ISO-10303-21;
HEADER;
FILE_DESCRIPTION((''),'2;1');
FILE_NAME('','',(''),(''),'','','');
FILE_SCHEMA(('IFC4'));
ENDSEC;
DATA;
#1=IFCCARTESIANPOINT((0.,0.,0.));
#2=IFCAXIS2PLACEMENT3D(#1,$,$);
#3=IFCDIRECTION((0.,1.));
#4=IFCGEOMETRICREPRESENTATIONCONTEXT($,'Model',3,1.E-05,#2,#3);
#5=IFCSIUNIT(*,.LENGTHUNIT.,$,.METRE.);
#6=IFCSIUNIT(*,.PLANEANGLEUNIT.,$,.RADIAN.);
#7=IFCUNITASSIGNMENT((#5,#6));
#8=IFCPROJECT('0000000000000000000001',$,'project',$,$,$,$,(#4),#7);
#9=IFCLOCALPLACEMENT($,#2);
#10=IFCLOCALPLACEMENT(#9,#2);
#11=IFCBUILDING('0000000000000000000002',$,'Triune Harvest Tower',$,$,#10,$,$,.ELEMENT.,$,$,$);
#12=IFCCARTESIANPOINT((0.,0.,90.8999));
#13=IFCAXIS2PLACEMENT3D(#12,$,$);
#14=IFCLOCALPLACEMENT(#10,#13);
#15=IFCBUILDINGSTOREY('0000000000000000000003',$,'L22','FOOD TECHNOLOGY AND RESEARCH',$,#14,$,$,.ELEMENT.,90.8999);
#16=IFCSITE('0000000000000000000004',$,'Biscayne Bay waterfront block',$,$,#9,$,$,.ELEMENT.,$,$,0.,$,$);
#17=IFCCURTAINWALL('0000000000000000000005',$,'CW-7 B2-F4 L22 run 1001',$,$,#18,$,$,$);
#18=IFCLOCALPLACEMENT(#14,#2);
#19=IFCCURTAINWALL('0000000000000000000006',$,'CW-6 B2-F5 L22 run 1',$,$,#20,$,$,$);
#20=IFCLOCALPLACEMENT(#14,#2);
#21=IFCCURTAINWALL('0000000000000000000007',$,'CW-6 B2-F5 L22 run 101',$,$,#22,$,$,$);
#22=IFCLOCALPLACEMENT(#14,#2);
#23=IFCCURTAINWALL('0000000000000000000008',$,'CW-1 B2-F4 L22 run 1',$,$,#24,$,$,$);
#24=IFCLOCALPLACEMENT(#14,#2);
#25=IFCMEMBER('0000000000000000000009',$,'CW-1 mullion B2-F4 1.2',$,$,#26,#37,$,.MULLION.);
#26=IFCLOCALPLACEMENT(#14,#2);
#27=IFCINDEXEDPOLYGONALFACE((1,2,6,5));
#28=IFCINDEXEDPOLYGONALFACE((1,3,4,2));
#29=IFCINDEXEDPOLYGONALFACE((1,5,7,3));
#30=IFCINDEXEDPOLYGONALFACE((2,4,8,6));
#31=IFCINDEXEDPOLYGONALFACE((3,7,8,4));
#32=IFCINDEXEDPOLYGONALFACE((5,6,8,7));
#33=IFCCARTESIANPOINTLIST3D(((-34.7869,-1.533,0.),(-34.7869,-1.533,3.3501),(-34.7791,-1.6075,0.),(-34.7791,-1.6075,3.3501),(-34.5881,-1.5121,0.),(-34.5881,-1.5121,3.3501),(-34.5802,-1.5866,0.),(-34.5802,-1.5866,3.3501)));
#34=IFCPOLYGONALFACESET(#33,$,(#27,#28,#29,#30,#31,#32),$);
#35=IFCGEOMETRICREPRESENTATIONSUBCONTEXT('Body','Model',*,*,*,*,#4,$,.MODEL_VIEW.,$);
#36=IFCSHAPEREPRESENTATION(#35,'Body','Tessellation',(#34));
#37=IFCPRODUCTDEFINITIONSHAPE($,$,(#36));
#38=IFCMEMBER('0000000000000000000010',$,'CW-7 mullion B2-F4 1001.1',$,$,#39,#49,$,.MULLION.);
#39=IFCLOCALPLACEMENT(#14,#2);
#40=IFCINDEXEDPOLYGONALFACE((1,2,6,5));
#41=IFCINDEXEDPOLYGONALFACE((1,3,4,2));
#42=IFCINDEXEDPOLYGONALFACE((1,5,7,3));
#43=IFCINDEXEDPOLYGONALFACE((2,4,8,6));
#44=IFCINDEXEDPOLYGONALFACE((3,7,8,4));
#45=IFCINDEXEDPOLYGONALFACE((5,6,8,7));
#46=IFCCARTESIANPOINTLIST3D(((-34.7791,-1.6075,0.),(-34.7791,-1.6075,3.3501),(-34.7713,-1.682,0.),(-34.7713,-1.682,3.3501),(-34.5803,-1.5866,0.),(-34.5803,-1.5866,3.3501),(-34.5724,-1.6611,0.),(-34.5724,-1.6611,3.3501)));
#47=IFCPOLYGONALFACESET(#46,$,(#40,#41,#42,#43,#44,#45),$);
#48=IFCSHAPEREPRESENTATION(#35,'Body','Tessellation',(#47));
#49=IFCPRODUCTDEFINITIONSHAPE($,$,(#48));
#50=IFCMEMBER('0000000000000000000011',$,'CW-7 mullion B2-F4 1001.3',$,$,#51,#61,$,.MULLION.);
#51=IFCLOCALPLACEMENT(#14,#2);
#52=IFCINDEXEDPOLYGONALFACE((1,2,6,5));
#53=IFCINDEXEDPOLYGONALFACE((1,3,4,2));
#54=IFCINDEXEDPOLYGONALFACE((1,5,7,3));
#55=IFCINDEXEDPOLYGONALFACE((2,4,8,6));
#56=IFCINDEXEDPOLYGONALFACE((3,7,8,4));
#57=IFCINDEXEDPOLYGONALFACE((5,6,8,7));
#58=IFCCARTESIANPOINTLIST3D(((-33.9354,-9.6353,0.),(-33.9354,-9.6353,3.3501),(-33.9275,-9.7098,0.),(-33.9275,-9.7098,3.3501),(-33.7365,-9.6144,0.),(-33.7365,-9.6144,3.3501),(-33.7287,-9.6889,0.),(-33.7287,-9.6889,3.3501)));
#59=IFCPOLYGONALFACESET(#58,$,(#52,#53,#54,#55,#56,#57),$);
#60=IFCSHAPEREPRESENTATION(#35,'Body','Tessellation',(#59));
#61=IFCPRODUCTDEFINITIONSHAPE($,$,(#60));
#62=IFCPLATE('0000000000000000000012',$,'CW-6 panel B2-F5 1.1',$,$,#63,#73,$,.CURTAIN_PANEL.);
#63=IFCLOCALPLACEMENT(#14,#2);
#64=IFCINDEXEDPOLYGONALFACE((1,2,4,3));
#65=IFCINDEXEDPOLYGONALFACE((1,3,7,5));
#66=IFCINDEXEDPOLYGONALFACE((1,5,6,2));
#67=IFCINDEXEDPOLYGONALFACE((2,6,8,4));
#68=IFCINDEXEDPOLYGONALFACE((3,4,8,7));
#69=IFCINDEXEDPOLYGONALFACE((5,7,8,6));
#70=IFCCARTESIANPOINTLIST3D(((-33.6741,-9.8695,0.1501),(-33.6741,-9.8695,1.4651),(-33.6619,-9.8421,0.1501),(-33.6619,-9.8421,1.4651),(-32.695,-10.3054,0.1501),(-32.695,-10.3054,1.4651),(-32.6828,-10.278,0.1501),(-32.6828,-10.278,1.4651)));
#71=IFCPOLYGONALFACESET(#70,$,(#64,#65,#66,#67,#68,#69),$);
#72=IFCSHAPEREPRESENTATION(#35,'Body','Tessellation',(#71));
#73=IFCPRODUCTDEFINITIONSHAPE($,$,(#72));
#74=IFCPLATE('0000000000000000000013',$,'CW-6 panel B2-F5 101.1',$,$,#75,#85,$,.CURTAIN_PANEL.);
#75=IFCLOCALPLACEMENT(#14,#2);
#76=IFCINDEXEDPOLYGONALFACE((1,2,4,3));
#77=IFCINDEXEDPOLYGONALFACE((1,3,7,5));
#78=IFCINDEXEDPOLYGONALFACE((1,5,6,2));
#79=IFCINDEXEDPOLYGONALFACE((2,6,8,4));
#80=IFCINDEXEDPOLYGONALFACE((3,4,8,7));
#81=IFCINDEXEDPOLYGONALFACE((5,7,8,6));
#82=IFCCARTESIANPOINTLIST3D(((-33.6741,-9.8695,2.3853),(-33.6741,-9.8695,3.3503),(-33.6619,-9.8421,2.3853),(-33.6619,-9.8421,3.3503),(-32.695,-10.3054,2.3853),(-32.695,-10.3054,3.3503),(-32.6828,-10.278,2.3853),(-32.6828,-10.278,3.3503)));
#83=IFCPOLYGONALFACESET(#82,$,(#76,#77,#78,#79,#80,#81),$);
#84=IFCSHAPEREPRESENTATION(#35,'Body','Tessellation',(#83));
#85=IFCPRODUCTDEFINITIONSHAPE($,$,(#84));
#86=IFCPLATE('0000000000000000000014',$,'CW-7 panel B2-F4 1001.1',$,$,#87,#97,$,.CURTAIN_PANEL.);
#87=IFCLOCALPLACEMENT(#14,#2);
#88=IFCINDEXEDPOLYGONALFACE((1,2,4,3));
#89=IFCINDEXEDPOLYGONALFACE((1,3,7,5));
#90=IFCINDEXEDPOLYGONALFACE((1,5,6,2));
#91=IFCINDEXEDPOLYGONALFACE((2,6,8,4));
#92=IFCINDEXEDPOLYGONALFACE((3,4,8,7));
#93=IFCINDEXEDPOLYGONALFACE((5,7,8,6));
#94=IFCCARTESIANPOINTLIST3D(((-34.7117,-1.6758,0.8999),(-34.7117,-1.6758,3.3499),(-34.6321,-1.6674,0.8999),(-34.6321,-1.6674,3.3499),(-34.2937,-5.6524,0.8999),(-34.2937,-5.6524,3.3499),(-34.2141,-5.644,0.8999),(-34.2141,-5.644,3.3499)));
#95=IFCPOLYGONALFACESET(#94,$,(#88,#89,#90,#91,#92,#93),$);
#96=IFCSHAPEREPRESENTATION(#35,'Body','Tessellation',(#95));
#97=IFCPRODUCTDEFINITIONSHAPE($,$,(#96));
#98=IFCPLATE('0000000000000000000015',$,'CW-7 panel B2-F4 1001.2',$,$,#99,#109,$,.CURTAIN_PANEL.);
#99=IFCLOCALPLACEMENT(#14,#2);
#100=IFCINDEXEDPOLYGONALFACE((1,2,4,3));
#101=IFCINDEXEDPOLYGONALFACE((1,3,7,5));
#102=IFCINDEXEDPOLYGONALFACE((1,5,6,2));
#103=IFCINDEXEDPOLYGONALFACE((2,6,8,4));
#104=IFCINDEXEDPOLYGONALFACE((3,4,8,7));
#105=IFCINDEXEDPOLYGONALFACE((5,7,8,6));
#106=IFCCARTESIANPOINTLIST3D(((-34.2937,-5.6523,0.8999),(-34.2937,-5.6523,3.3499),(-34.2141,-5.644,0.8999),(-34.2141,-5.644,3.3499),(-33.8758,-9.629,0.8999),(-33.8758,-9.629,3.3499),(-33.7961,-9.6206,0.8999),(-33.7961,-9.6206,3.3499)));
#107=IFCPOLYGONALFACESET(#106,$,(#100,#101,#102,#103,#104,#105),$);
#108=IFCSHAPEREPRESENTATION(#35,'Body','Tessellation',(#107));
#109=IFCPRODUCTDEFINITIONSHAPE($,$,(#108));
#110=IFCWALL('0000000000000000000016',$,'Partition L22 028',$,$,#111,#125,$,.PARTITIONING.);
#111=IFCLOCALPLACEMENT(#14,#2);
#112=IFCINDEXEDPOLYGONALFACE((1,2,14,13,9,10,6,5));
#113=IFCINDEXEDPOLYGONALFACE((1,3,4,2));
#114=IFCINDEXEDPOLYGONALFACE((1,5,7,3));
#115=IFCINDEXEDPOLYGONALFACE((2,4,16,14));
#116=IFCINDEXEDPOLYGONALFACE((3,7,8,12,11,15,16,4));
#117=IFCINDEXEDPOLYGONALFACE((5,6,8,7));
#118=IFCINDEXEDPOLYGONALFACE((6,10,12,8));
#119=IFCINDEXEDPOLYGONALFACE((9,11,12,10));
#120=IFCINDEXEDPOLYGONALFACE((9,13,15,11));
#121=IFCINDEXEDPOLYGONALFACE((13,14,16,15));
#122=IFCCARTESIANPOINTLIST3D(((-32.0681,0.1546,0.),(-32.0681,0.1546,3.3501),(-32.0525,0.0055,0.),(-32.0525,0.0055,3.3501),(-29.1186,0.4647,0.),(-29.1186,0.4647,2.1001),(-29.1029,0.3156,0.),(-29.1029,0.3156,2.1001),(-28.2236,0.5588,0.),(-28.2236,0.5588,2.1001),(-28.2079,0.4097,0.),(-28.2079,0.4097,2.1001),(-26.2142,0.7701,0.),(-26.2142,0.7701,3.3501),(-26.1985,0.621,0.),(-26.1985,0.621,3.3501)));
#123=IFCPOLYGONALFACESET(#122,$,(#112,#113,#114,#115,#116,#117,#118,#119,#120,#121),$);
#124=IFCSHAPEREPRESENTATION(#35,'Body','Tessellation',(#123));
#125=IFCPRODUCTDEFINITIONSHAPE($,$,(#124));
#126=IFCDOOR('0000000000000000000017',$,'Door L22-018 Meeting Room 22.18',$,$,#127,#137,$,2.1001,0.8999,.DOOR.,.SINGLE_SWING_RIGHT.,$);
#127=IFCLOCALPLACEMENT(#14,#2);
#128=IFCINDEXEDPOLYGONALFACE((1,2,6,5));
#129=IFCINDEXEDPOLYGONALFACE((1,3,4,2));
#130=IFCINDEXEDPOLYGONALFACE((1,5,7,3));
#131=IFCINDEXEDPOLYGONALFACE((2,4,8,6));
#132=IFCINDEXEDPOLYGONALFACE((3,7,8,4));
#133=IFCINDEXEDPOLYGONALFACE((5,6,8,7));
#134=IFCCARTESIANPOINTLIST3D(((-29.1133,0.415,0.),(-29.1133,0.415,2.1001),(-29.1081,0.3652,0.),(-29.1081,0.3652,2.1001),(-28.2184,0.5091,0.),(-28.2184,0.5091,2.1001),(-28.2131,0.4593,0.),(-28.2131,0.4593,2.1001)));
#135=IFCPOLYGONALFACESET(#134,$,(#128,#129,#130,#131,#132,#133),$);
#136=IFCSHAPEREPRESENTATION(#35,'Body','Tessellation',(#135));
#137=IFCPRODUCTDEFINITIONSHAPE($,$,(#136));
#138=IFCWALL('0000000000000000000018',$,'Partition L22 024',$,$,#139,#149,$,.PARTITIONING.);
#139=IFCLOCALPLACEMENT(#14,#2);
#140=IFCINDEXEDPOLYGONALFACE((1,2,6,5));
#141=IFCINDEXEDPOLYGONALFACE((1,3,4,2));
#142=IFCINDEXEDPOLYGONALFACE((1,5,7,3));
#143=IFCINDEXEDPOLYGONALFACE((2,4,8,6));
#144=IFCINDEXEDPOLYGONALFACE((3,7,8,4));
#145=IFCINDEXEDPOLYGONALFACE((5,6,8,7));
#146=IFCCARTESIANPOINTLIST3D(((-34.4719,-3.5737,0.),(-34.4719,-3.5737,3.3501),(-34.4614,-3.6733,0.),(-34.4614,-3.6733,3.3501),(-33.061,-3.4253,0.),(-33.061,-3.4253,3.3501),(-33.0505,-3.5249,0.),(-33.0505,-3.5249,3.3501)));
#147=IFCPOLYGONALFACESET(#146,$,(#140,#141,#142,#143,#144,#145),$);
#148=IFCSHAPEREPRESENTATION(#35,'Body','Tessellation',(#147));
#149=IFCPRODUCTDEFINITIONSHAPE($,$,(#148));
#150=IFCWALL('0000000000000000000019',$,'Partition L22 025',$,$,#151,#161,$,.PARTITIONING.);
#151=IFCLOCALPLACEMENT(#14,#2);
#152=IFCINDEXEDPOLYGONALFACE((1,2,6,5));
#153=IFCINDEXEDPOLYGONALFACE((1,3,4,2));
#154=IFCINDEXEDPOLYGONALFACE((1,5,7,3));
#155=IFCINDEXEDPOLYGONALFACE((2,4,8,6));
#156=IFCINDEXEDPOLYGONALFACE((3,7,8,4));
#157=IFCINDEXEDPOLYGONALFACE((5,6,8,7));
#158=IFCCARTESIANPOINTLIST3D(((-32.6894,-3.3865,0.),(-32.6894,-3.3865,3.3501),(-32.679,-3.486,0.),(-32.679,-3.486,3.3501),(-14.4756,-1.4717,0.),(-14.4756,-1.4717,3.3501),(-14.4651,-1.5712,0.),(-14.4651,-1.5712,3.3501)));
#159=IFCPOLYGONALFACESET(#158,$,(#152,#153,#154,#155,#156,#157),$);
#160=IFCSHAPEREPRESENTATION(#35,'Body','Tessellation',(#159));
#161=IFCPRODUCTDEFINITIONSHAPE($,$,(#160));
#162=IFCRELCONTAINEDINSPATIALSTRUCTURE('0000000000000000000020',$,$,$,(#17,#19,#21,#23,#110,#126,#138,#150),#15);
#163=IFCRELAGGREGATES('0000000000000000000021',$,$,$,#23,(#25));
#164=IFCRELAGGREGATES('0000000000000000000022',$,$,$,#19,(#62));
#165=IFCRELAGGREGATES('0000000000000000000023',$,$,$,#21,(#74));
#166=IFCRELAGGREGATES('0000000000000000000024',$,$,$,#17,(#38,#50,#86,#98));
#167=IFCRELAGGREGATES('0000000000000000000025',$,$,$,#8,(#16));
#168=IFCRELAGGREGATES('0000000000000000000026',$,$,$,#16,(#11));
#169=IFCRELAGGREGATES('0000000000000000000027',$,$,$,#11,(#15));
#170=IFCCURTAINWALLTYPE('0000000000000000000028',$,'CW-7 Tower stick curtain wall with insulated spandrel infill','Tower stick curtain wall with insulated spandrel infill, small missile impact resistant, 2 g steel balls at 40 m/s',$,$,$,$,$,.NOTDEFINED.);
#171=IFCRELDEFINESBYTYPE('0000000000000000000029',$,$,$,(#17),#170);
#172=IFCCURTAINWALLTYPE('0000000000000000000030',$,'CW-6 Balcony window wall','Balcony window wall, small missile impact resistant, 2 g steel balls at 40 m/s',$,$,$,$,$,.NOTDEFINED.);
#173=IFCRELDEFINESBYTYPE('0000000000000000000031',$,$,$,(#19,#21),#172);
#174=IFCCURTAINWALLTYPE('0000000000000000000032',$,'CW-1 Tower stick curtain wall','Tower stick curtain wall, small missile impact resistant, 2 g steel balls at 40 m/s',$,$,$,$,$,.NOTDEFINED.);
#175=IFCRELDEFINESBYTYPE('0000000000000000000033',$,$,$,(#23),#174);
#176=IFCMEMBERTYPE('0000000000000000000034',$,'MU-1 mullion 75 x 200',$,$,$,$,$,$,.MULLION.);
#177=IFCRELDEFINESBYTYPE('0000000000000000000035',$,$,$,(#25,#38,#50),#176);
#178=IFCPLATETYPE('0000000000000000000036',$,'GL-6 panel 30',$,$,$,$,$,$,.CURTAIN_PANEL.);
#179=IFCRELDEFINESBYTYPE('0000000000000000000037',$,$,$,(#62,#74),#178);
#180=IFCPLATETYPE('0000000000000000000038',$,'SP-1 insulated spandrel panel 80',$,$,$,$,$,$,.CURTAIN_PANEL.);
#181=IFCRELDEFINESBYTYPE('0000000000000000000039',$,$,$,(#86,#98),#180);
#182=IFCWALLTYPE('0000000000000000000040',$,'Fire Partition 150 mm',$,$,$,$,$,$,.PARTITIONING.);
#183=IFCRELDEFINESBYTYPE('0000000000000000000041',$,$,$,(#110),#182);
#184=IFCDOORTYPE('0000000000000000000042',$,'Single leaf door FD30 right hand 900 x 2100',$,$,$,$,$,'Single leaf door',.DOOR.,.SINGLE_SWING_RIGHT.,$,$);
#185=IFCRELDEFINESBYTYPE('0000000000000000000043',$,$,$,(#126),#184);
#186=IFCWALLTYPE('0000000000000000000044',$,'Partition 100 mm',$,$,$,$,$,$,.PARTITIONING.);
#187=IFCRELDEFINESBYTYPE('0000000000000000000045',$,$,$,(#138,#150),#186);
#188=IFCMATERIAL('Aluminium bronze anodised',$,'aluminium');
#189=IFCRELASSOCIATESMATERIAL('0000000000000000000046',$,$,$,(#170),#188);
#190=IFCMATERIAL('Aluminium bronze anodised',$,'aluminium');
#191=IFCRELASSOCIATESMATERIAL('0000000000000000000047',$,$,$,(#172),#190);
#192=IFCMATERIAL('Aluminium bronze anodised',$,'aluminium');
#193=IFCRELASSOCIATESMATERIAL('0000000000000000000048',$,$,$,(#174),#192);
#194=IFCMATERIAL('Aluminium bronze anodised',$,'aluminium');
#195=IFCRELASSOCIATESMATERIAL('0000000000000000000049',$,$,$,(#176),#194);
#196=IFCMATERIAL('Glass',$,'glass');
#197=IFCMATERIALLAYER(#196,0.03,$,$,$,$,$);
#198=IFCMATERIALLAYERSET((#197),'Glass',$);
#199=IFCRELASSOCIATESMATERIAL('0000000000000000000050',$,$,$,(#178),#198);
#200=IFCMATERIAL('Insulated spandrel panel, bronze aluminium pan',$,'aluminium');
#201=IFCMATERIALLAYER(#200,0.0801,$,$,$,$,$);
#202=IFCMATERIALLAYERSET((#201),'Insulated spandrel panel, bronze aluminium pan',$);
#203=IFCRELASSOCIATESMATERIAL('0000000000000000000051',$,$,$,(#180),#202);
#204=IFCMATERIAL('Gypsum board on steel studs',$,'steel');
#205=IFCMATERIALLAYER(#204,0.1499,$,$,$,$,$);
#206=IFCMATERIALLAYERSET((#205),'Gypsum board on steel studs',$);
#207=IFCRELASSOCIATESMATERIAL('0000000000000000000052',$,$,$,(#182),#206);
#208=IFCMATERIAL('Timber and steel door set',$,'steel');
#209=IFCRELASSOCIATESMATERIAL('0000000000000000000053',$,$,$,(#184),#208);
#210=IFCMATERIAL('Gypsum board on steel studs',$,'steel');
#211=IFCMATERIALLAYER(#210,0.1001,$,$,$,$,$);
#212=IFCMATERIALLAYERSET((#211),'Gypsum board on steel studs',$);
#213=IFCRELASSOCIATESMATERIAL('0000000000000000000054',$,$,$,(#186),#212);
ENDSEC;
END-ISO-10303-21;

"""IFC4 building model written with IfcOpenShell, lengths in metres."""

from ifc_helpers import new_model, si_unit, direction, frame, frame_2d, origin, origin_2d, place, context, subcontext, project, spatial, rectangle, extrude, source, transform, mapped, material, layer, layer_set, material_profile, profile_set, type_object, element, fill, aggregate, save


model = new_model("IFC4")

# Units and contexts
model_context = context("Model", 3, precision=1e-05, world=origin(), true_north=direction((0.0, 1.0)))
body_context = subcontext(model_context, "Body", "Model", "MODEL_VIEW")
ifc_project = project(units=[si_unit("LENGTHUNIT", "METRE"), si_unit("PLANEANGLEUNIT", "RADIAN")], contexts=[model_context])

# Site, building, storey
site_placement = place(None, origin())
site = spatial("IfcSite", under=ifc_project, at=site_placement, Name="Biscayne Bay waterfront block", CompositionType="ELEMENT", RefElevation=0.0)
building_placement = place(site_placement, origin())
building = spatial("IfcBuilding", under=site, at=building_placement, Name="Triune Harvest Tower", CompositionType="ELEMENT")
storey_placement = place(building_placement, frame((0.0, 0.0, 90.8999)))
storey = spatial("IfcBuildingStorey", under=building, at=storey_placement, Name="L22", Description="FOOD TECHNOLOGY AND RESEARCH", CompositionType="ELEMENT", Elevation=90.8999)

# Curtain wall
ifc_material_1 = material(Name="Aluminium bronze anodised", Category="aluminium")
curtain_wall_type_1 = type_object("IfcCurtainWallType", Name="CW-7 Tower stick curtain wall with insulated spandrel infill", Description="Tower stick curtain wall with insulated spandrel infill, small missile impact resistant, 2 g steel balls at 40 m/s", PredefinedType="NOTDEFINED", material=ifc_material_1)
curtain_wall_1_placement = place(storey_placement, origin())
curtain_wall_1 = element("IfcCurtainWall", 1, at=curtain_wall_1_placement, inside=storey, type_object=curtain_wall_type_1, Name="CW-7 B2-F4 L22 run 1001")

# Curtain walls
ifc_material_2 = material(Name="Aluminium bronze anodised", Category="aluminium")
curtain_wall_type_2 = type_object("IfcCurtainWallType", Name="CW-6 Balcony window wall", Description="Balcony window wall, small missile impact resistant, 2 g steel balls at 40 m/s", PredefinedType="NOTDEFINED", material=ifc_material_2)
curtain_wall_2_placement = place(storey_placement, origin())
curtain_wall_2 = element("IfcCurtainWall", 2, at=curtain_wall_2_placement, inside=storey, type_object=curtain_wall_type_2, Name="CW-6 B2-F5 L22 run 1")
curtain_wall_3_placement = place(storey_placement, origin())
curtain_wall_3 = element("IfcCurtainWall", 3, at=curtain_wall_3_placement, inside=storey, type_object=curtain_wall_type_2, Name="CW-6 B2-F5 L22 run 101")

# Curtain wall, member
ifc_material_3 = material(Name="Aluminium bronze anodised", Category="aluminium")
curtain_wall_type_3 = type_object("IfcCurtainWallType", Name="CW-1 Tower stick curtain wall", Description="Tower stick curtain wall, small missile impact resistant, 2 g steel balls at 40 m/s", PredefinedType="NOTDEFINED", material=ifc_material_3)
curtain_wall_4_placement = place(storey_placement, origin())
curtain_wall_4 = element("IfcCurtainWall", 4, at=curtain_wall_4_placement, inside=storey, type_object=curtain_wall_type_3, Name="CW-1 B2-F4 L22 run 1")
ifc_material_4 = material(Name="Aluminium bronze anodised", Category="aluminium")
ifc_material_profile_1 = material_profile(ifc_material_4, rectangle(XDim=0.2, YDim=0.075, at=origin_2d()), Name="MU-1 mullion 75 x 200")
ifc_profile_set_1 = profile_set([ifc_material_profile_1], Name="Aluminium bronze anodised")
member_type_1 = type_object("IfcMemberType", Name="MU-1 mullion 75 x 200", PredefinedType="MULLION", material=ifc_profile_set_1)
shared_shape_1 = source(origin(), body_context, "Body", "SweptSolid", [
    extrude(rectangle(XDim=0.2, YDim=0.075, at=origin_2d()), origin(), (0.0, 0.0, 1.0), 3.3501),
])
member_1_placement = place(storey_placement, frame((-34.6836, -1.5598, 0.0), z_axis=(0.0, 0.0, 1.0), x_axis=(0.994522, 0.10453, 0.0)))
member_1 = element("IfcMember", 5, at=member_1_placement, type_object=member_type_1, Name="CW-1 mullion B2-F4 1.2", PredefinedType="MULLION", context=body_context, shape_type="MappedRepresentation", body=[
    mapped(shared_shape_1, transform((0.0, 0.0, 0.0), scale=1.0)),
])
aggregate(curtain_wall_4, [member_1])

# Members
member_2_placement = place(storey_placement, frame((-34.6758, -1.6343, 0.0), z_axis=(0.0, 0.0, 1.0), x_axis=(0.994522, 0.104529, 0.0)))
member_2 = element("IfcMember", 6, at=member_2_placement, type_object=member_type_1, Name="CW-7 mullion B2-F4 1001.1", PredefinedType="MULLION", context=body_context, shape_type="MappedRepresentation", body=[
    mapped(shared_shape_1, transform((0.0, 0.0, 0.0), scale=1.0)),
])
member_3_placement = place(storey_placement, frame((-33.832, -9.6621, 0.0), z_axis=(0.0, 0.0, 1.0), x_axis=(0.994522, 0.104529, 0.0)))
member_3 = element("IfcMember", 7, at=member_3_placement, type_object=member_type_1, Name="CW-7 mullion B2-F4 1001.3", PredefinedType="MULLION", context=body_context, shape_type="MappedRepresentation", body=[
    mapped(shared_shape_1, transform((0.0, 0.0, 0.0), scale=1.0)),
])

# Plates
ifc_material_5 = material(Name="Glass", Category="glass")
ifc_layer_1 = layer(ifc_material_5, 0.03)
ifc_layer_set_1 = layer_set([ifc_layer_1], Name="Glass")
plate_type_1 = type_object("IfcPlateType", Name="GL-6 panel 30", PredefinedType="CURTAIN_PANEL", material=ifc_layer_set_1)
shared_shape_2 = source(origin(), body_context, "Body", "SweptSolid", [
    extrude(rectangle(XDim=1.0718, YDim=0.03, at=origin_2d()), origin(), (0.0, 0.0, 1.0), 1.3149),
])
plate_1_placement = place(storey_placement, frame((-33.1785, -10.0737, 0.1501), z_axis=(0.0, 0.0, 1.0), x_axis=(0.913551, -0.406723, 0.0)))
plate_1 = element("IfcPlate", 8, at=plate_1_placement, type_object=plate_type_1, Name="CW-6 panel B2-F5 1.1", PredefinedType="CURTAIN_PANEL", context=body_context, shape_type="MappedRepresentation", body=[
    mapped(shared_shape_2, transform((0.0, 0.0, 0.0), scale=1.0)),
])
aggregate(curtain_wall_2, [plate_1])
shared_shape_3 = source(origin(), body_context, "Body", "SweptSolid", [
    extrude(rectangle(XDim=1.0718, YDim=0.03, at=origin_2d()), origin(), (0.0, 0.0, 1.0), 0.9651),
])
plate_2_placement = place(storey_placement, frame((-33.1785, -10.0737, 2.3853), z_axis=(0.0, 0.0, 1.0), x_axis=(0.913551, -0.406723, 0.0)))
plate_2 = element("IfcPlate", 9, at=plate_2_placement, type_object=plate_type_1, Name="CW-6 panel B2-F5 101.1", PredefinedType="CURTAIN_PANEL", context=body_context, shape_type="MappedRepresentation", body=[
    mapped(shared_shape_3, transform((0.0, 0.0, 0.0), scale=1.0)),
])
aggregate(curtain_wall_3, [plate_2])
ifc_material_6 = material(Name="Insulated spandrel panel, bronze aluminium pan", Category="aluminium")
ifc_layer_2 = layer(ifc_material_6, 0.0801)
ifc_layer_set_2 = layer_set([ifc_layer_2], Name="Insulated spandrel panel, bronze aluminium pan")
plate_type_2 = type_object("IfcPlateType", Name="SP-1 insulated spandrel panel 80", PredefinedType="CURTAIN_PANEL", material=ifc_layer_set_2)
shared_shape_4 = source(origin(), body_context, "Body", "SweptSolid", [
    extrude(rectangle(XDim=3.9985, YDim=0.0801, at=origin_2d()), origin(), (0.0, 0.0, 1.0), 2.45),
])
plate_3_placement = place(storey_placement, frame((-34.4629, -3.6599, 0.8999), z_axis=(0.0, 0.0, 1.0), x_axis=(0.104529, -0.994522, 0.0)))
plate_3 = element("IfcPlate", 10, at=plate_3_placement, type_object=plate_type_2, Name="CW-7 panel B2-F4 1001.1", PredefinedType="CURTAIN_PANEL", context=body_context, shape_type="MappedRepresentation", body=[
    mapped(shared_shape_4, transform((0.0, 0.0, 0.0), scale=1.0)),
])
plate_4_placement = place(storey_placement, frame((-34.0449, -7.6365, 0.8999), z_axis=(0.0, 0.0, 1.0), x_axis=(0.104529, -0.994522, 0.0)))
plate_4 = element("IfcPlate", 11, at=plate_4_placement, type_object=plate_type_2, Name="CW-7 panel B2-F4 1001.2", PredefinedType="CURTAIN_PANEL", context=body_context, shape_type="MappedRepresentation", body=[
    mapped(shared_shape_4, transform((0.0, 0.0, 0.0), scale=1.0)),
])
aggregate(curtain_wall_1, [member_2, member_3, plate_3, plate_4])

# Wall, opening, door
ifc_material_7 = material(Name="Gypsum board on steel studs", Category="steel")
ifc_layer_3 = layer(ifc_material_7, 0.1499)
ifc_layer_set_3 = layer_set([ifc_layer_3], Name="Gypsum board on steel studs")
wall_type_1 = type_object("IfcWallType", Name="Fire Partition 150 mm", PredefinedType="PARTITIONING", material=ifc_layer_set_3)
wall_1_placement = place(storey_placement, frame((-32.0603, 0.0801, 0.0), z_axis=(0.0, 0.0, 1.0), x_axis=(0.994518, 0.104562, 0.0)))
wall_1 = element("IfcWall", 12, at=wall_1_placement, inside=storey, type_object=wall_type_1, Name="Partition L22 028", PredefinedType="PARTITIONING", context=body_context, shape_type="SweptSolid", body=[
    extrude(rectangle(XDim=5.8862, YDim=0.1499, at=frame_2d((2.9431, 0.0))), origin(), (0.0, 0.0, 1.0), 3.3501),
])
opening_placement = place(wall_1_placement, frame((2.9658, 0.0, 0.0)))
opening = element("IfcOpeningElement", 13, at=opening_placement, cuts=wall_1, PredefinedType="OPENING", context=body_context, shape_type="SweptSolid", body=[
    extrude(rectangle(XDim=0.8999, YDim=2.1001, at=frame_2d((0.45, 1.05))), frame((0.0, 0.085, 0.0), z_axis=(0.0, -1.0, 0.0), x_axis=(1.0, 0.0, 0.0)), (0.0, 0.0, 1.0), 0.1699),
])
ifc_material_8 = material(Name="Timber and steel door set", Category="steel")
door_type = type_object("IfcDoorType", Name="Single leaf door FD30 right hand 900 x 2100", ElementType="Single leaf door", OperationType="SINGLE_SWING_RIGHT", PredefinedType="DOOR", material=ifc_material_8)
door_placement = place(opening_placement, origin())
door = element("IfcDoor", 14, at=door_placement, inside=storey, type_object=door_type, Name="Door L22-018 Meeting Room 22.18", OperationType="SINGLE_SWING_RIGHT", OverallHeight=2.1001, OverallWidth=0.8999, PredefinedType="DOOR", context=body_context, shape_type="SweptSolid", body=[
    extrude(rectangle(XDim=0.8999, YDim=2.1001, at=frame_2d((0.45, 1.05))), frame((0.0, 0.0249, 0.0), z_axis=(0.0, -1.0, 0.0), x_axis=(1.0, 0.0, 0.0)), (0.0, 0.0, 1.0), 0.05),
])
fill(opening, door)

# Walls
ifc_material_9 = material(Name="Gypsum board on steel studs", Category="steel")
ifc_layer_4 = layer(ifc_material_9, 0.1001)
ifc_layer_set_4 = layer_set([ifc_layer_4], Name="Gypsum board on steel studs")
wall_type_2 = type_object("IfcWallType", Name="Partition 100 mm", PredefinedType="PARTITIONING", material=ifc_layer_set_4)
wall_2_placement = place(storey_placement, frame((-34.4668, -3.6235, 0.0), z_axis=(0.0, 0.0, 1.0), x_axis=(0.994511, 0.104631, 0.0)))
element("IfcWall", 15, at=wall_2_placement, inside=storey, type_object=wall_type_2, Name="Partition L22 024", PredefinedType="PARTITIONING", context=body_context, shape_type="SweptSolid", body=[
    extrude(rectangle(XDim=1.4187, YDim=0.1001, at=frame_2d((0.7095, 0.0))), origin(), (0.0, 0.0, 1.0), 3.3501),
])
shared_shape_5 = source(origin(), body_context, "Body", "SweptSolid", [
    extrude(rectangle(XDim=18.3142, YDim=0.1001, at=frame_2d((9.1572, 0.0))), origin(), (0.0, 0.0, 1.0), 3.3501),
])
wall_3_placement = place(storey_placement, frame((-32.6843, -3.4363, 0.0), z_axis=(0.0, 0.0, 1.0), x_axis=(0.994519, 0.104552, 0.0)))
element("IfcWall", 16, at=wall_3_placement, inside=storey, type_object=wall_type_2, Name="Partition L22 025", PredefinedType="PARTITIONING", context=body_context, shape_type="MappedRepresentation", body=[
    mapped(shared_shape_5, transform((0.0, 0.0, 0.0), scale=1.0)),
])

save(model, "model.ifc")
